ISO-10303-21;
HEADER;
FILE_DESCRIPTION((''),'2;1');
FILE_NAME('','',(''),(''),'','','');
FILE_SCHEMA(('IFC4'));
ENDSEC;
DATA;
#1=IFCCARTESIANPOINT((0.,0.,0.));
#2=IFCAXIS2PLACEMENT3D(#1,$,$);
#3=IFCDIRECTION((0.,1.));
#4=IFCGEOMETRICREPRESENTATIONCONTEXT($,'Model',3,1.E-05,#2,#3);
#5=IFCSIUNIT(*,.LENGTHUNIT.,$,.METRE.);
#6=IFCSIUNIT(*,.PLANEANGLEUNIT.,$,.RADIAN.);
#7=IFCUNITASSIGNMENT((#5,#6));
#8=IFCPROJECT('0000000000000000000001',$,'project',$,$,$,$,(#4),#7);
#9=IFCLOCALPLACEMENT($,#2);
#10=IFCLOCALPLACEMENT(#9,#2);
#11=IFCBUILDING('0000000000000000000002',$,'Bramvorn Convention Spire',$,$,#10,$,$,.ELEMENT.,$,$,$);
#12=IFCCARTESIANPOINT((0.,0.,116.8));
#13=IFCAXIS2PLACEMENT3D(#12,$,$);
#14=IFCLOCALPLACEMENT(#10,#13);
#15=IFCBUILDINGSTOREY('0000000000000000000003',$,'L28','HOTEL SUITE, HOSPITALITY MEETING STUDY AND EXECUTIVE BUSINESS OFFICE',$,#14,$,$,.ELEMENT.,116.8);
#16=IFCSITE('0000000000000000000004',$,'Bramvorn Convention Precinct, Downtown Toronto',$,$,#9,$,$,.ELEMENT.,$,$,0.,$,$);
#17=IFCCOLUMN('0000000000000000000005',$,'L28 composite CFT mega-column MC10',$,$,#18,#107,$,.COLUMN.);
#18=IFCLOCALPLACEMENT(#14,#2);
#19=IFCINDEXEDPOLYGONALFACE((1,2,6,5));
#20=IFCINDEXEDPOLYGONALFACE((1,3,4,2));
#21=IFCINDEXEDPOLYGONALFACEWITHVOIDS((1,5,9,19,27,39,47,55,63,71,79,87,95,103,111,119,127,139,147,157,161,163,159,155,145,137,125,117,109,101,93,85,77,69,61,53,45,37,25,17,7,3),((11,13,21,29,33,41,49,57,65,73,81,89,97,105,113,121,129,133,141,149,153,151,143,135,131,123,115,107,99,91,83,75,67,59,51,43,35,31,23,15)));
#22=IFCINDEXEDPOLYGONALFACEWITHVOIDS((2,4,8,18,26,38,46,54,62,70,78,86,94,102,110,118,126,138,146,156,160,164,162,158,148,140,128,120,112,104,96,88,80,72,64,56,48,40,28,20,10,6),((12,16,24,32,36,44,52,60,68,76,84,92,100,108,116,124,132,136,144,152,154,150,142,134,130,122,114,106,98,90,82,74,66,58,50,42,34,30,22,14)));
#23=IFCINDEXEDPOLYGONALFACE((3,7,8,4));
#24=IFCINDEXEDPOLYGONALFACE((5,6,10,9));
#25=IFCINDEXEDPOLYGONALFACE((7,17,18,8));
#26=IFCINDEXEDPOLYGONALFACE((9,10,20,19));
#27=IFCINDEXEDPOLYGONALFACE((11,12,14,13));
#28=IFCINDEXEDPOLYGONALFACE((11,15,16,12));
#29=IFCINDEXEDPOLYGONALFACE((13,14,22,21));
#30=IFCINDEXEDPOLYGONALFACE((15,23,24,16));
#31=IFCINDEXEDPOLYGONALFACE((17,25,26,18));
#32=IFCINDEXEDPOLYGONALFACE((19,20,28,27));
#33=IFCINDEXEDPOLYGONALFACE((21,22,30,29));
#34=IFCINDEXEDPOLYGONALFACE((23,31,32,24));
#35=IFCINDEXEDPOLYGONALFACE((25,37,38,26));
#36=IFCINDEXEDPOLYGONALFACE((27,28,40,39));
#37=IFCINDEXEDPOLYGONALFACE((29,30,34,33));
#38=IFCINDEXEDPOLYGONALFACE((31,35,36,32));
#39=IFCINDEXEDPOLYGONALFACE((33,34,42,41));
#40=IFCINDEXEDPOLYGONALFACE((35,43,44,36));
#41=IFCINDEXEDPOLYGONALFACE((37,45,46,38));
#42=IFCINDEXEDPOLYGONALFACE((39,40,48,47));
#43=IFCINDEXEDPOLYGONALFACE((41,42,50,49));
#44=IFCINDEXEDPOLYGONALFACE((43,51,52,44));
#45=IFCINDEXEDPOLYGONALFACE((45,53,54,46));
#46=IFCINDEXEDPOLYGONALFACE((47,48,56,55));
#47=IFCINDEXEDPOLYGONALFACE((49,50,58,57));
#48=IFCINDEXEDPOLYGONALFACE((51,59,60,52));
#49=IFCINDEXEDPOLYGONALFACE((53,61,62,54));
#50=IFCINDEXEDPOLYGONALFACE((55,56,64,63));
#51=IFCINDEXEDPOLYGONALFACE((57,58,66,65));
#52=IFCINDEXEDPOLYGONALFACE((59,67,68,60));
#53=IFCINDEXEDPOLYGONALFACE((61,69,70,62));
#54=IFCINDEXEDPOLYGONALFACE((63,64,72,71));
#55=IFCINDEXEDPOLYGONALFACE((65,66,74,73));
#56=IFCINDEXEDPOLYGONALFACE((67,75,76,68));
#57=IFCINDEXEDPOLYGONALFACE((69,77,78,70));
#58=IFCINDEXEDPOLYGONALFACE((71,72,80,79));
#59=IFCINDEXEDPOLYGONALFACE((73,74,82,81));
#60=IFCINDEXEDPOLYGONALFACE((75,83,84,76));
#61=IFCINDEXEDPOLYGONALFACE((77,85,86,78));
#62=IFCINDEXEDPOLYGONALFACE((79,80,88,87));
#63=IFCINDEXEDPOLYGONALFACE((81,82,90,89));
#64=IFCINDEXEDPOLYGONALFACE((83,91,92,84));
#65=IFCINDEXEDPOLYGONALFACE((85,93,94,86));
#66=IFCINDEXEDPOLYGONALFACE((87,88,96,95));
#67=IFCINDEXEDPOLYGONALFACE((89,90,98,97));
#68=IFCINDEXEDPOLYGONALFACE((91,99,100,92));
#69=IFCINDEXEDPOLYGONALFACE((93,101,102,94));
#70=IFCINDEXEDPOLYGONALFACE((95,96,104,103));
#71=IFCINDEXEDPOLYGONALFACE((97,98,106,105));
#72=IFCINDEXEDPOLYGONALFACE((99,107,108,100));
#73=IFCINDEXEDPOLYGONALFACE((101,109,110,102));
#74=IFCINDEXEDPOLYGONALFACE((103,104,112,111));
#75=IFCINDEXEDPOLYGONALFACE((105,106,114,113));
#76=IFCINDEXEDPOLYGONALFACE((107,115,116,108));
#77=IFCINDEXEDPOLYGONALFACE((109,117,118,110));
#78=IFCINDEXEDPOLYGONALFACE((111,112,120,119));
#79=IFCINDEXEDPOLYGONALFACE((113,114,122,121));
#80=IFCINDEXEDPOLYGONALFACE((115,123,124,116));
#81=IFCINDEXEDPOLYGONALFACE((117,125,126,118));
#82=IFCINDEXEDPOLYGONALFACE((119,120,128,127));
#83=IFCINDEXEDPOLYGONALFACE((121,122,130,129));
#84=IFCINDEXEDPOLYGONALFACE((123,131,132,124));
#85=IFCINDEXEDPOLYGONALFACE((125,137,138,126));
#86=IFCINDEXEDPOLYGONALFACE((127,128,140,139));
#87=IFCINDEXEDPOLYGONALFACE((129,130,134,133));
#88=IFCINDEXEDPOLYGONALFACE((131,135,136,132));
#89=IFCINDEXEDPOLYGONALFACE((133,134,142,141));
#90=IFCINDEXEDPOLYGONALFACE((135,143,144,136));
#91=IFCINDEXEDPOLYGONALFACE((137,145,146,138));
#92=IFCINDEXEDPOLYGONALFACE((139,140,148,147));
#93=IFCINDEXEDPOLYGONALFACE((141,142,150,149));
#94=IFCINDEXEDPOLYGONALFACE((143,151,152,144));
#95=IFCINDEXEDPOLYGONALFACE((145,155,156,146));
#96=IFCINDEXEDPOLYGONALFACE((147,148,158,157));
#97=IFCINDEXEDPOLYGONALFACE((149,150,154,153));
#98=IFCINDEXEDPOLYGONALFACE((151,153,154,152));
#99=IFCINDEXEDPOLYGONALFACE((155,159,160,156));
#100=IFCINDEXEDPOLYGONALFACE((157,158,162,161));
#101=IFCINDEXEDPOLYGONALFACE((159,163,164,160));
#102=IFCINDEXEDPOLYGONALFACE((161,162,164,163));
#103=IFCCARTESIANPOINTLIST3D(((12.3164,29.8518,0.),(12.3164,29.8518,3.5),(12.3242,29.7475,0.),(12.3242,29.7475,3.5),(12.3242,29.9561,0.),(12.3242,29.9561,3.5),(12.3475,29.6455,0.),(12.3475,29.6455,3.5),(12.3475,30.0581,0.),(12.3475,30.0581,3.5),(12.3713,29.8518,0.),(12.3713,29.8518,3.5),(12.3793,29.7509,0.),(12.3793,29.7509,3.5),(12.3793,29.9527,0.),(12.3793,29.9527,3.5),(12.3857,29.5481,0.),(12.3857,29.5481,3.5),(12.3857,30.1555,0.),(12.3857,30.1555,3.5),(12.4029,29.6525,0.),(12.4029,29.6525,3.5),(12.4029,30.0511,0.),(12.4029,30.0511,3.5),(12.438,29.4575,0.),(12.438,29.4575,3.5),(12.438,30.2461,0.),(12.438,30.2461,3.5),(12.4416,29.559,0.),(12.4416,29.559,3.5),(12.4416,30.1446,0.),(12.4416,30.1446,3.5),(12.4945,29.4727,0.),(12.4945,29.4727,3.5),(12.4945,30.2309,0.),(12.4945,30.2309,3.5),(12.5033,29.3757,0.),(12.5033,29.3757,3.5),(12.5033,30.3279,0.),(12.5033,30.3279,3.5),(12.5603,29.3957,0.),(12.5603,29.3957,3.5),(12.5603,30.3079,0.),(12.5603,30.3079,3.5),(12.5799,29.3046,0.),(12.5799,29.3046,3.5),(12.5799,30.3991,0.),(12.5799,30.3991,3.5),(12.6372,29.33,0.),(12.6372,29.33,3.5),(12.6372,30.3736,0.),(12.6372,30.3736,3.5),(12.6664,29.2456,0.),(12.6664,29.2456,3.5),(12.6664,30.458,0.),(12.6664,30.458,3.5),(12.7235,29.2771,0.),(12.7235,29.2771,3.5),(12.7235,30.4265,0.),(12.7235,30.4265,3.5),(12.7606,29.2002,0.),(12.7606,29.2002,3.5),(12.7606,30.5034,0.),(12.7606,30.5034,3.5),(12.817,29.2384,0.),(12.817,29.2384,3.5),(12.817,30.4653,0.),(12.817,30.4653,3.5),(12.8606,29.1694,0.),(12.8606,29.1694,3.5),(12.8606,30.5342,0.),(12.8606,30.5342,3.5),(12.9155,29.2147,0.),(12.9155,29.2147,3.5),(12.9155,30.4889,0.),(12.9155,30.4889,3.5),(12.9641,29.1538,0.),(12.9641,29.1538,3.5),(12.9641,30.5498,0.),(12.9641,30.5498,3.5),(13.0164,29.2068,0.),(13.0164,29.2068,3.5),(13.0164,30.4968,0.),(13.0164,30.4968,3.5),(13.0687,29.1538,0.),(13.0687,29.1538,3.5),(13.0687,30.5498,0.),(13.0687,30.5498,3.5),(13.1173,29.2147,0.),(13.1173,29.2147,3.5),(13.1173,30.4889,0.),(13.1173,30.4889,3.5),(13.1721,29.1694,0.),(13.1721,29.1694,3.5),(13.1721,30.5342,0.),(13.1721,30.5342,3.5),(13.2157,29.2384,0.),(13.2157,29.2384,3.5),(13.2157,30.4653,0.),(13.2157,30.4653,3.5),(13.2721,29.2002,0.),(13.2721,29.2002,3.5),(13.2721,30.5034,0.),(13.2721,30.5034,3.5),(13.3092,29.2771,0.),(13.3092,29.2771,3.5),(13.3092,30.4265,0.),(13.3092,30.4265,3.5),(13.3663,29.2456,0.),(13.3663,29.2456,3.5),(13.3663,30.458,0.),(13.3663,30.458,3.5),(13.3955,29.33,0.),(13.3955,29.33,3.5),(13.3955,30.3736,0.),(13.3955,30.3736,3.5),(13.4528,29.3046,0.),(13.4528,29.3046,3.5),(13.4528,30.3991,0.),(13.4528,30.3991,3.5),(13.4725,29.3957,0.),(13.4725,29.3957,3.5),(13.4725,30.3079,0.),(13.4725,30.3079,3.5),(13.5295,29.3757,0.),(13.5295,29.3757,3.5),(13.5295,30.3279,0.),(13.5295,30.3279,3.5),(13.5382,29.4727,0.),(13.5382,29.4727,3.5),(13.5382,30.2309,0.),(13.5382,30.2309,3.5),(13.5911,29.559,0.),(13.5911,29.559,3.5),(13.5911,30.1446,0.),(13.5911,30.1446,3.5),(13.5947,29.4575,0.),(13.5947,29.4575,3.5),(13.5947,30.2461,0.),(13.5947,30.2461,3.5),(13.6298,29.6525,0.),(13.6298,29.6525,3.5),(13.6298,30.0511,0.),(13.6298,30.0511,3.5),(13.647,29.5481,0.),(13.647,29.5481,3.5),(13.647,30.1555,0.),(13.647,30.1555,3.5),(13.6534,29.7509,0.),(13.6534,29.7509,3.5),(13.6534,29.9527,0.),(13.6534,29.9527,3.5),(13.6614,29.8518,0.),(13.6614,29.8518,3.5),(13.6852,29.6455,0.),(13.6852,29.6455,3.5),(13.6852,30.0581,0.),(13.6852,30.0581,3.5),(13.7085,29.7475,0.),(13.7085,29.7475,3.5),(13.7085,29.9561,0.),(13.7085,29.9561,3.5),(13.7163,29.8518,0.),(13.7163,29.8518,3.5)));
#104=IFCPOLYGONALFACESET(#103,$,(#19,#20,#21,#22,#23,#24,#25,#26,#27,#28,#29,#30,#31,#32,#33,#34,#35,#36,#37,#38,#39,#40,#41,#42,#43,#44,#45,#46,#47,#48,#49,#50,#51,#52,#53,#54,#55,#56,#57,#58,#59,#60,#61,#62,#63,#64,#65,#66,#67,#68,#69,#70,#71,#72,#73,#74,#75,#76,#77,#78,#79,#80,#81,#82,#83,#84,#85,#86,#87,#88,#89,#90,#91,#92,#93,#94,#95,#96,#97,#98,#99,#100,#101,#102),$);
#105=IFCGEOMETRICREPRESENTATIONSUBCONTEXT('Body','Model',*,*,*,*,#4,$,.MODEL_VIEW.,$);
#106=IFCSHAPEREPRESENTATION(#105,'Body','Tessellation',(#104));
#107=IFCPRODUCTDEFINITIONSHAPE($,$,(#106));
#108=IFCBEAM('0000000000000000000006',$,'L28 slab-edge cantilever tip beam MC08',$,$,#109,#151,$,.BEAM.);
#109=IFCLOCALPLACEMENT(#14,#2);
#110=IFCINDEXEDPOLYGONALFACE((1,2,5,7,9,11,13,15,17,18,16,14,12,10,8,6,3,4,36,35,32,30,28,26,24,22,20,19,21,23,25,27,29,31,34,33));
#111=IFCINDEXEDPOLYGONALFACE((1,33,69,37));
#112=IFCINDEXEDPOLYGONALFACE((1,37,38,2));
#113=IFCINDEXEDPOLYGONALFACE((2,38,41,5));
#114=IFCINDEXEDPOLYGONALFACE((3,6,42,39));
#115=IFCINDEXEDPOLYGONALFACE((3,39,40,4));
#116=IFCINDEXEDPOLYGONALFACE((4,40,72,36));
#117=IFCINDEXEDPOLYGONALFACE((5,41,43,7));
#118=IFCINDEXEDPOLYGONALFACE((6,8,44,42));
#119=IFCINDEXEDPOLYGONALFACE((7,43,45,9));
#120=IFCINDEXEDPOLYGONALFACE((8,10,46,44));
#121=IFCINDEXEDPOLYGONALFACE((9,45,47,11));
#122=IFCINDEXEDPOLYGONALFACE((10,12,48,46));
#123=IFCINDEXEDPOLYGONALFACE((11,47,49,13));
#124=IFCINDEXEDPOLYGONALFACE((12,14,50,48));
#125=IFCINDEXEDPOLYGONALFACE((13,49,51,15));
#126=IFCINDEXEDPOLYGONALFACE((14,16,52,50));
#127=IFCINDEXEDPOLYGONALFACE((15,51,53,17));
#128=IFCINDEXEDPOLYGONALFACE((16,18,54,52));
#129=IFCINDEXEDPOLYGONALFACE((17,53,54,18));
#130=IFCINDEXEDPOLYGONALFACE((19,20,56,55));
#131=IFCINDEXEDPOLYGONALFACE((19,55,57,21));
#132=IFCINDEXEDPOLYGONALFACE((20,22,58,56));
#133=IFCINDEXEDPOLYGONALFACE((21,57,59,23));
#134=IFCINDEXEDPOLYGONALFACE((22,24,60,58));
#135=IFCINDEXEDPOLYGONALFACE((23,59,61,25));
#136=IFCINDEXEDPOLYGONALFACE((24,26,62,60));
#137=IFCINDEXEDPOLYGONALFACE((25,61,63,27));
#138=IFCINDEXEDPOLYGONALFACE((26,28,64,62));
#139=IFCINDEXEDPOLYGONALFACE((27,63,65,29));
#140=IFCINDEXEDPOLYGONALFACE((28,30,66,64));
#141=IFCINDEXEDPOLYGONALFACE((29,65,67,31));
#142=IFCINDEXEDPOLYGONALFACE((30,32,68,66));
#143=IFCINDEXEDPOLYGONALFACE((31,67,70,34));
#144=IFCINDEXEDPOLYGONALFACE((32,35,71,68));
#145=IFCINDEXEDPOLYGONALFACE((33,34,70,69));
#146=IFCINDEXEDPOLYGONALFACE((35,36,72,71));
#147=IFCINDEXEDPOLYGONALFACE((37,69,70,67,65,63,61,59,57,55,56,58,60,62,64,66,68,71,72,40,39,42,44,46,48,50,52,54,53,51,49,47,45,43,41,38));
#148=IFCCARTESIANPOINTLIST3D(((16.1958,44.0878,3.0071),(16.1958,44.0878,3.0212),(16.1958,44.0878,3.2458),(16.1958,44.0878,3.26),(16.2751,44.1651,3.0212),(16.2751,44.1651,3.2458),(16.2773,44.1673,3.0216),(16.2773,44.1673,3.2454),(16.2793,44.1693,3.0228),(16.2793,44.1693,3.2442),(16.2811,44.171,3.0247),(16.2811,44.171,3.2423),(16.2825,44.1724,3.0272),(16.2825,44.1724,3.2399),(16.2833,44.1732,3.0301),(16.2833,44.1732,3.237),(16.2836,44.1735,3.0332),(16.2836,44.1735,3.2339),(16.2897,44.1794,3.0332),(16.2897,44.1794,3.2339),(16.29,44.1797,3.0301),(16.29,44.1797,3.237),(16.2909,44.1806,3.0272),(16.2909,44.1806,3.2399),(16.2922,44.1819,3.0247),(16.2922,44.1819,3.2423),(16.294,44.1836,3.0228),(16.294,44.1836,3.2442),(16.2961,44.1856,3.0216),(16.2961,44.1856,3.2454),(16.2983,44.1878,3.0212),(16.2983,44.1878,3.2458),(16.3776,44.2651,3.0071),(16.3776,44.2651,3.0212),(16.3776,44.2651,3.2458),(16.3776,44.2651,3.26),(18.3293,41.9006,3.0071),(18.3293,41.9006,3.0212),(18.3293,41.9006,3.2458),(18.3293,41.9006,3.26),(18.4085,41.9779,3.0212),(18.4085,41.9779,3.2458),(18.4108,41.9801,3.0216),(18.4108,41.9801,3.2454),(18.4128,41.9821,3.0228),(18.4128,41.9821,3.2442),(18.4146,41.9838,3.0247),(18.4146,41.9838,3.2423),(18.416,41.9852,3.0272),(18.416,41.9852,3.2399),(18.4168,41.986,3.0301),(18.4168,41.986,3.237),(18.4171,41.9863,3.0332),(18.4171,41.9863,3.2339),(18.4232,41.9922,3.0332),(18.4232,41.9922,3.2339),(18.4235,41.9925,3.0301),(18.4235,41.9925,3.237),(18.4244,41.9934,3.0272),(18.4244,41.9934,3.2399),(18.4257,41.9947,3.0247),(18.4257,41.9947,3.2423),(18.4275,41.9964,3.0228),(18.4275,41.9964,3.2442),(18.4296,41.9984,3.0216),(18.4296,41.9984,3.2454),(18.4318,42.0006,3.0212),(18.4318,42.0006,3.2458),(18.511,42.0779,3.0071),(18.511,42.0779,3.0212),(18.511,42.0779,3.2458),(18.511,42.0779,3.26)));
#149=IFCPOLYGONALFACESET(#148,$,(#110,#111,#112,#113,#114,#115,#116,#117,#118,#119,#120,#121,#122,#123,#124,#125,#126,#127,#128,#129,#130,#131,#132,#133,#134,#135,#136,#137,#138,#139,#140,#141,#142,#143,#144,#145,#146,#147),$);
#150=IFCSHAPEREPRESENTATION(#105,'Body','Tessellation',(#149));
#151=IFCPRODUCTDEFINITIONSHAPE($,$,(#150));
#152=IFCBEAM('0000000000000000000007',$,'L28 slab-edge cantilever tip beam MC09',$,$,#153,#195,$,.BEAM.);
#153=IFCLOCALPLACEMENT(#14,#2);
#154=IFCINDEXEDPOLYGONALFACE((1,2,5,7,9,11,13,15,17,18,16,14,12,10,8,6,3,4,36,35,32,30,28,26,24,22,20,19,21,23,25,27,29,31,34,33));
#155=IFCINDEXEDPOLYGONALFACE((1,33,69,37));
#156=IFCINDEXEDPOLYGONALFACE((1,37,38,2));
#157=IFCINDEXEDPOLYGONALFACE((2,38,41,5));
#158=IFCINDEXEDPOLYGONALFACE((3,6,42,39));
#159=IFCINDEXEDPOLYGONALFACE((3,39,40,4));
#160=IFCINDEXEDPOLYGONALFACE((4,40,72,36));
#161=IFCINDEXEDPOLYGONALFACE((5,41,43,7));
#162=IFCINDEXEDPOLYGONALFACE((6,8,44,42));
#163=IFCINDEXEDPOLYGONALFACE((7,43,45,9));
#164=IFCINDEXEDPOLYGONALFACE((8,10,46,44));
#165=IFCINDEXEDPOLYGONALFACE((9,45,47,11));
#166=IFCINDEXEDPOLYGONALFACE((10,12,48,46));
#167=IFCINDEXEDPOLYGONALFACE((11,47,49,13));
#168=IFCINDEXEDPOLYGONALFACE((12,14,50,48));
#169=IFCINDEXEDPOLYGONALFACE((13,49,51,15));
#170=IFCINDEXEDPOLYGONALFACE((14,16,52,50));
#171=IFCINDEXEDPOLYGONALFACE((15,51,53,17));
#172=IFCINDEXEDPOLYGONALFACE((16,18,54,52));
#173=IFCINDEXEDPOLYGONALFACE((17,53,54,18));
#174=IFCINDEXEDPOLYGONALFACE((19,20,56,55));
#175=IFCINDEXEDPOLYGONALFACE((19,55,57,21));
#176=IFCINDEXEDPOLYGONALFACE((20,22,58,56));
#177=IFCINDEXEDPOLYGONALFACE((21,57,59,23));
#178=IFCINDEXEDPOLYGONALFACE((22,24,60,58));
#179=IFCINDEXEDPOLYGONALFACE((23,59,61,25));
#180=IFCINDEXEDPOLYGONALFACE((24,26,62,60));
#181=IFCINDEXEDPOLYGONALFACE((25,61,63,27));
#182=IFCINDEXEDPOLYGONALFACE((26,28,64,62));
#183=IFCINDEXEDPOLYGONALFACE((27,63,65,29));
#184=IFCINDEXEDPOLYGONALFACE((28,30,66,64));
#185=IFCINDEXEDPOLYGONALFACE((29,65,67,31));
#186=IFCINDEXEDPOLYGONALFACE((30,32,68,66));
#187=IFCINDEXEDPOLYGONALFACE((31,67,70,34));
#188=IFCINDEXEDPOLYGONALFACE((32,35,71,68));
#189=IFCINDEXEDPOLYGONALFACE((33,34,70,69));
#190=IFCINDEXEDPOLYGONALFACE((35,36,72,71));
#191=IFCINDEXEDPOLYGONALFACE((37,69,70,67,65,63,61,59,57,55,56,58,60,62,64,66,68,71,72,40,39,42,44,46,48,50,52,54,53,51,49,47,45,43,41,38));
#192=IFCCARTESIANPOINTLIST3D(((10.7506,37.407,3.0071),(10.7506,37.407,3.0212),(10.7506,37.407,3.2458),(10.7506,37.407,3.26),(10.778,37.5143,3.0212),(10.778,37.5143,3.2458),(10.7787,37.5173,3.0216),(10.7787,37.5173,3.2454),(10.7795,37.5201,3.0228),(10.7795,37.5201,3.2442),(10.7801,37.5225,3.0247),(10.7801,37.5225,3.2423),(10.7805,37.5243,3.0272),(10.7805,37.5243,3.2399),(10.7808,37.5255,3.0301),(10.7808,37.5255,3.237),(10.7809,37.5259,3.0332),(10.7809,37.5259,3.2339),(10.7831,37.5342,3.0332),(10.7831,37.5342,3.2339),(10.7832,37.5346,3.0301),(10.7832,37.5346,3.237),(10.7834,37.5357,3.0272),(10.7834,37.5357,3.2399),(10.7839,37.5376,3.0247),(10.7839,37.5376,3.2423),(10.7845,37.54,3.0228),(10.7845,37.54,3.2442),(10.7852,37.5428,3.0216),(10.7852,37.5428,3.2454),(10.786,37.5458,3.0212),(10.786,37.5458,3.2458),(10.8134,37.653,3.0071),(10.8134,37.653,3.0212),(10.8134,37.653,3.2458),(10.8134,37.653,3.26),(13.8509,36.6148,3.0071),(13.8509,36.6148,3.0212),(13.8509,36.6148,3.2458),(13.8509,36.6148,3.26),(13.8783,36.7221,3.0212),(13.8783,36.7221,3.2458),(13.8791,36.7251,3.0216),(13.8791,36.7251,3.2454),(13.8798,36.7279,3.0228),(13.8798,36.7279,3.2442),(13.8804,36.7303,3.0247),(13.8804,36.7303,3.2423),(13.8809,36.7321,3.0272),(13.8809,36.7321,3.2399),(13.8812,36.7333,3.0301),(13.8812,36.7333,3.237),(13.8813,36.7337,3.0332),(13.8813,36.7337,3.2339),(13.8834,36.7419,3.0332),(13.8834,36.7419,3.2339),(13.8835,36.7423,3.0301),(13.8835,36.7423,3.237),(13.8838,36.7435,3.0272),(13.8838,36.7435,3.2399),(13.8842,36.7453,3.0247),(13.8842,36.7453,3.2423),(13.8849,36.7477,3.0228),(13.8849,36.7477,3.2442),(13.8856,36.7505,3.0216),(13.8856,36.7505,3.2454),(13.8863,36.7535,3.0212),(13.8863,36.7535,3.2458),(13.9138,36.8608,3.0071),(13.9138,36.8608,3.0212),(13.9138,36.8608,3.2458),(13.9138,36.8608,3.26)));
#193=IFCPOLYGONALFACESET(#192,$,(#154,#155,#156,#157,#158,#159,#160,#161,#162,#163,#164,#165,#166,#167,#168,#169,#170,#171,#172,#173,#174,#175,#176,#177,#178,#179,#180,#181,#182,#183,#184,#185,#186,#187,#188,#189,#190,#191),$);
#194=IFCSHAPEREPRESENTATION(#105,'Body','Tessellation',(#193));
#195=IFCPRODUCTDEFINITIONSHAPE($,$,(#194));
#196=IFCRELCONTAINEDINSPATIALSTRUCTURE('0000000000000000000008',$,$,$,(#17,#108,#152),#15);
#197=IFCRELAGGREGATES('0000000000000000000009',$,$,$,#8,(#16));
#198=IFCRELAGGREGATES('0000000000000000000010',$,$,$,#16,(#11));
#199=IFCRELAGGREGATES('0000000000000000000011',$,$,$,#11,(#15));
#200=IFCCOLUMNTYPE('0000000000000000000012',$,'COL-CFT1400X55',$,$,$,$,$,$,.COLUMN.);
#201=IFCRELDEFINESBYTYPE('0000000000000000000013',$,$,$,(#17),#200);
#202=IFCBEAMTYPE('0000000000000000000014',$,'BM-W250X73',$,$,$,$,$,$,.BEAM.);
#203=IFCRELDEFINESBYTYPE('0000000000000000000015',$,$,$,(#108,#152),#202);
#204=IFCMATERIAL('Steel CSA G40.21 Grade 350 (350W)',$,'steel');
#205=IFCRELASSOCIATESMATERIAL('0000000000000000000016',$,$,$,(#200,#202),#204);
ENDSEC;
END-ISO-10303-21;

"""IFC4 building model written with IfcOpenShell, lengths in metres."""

from ifc_helpers import new_model, si_unit, direction, frame, origin, origin_2d, place, context, subcontext, project, spatial, hollow_circle, i_section, extrude, material, material_profile, profile_set, type_object, element, save


model = new_model("IFC4")

# Units and contexts
model_context = context("Model", 3, precision=1e-05, world=origin(), true_north=direction((0.0, 1.0)))
body_context = subcontext(model_context, "Body", "Model", "MODEL_VIEW")
ifc_project = project(units=[si_unit("LENGTHUNIT", "METRE"), si_unit("PLANEANGLEUNIT", "RADIAN")], contexts=[model_context])

# Site, building, storey
site_placement = place(None, origin())
site = spatial("IfcSite", under=ifc_project, at=site_placement, Name="Bramvorn Convention Precinct, Downtown Toronto", CompositionType="ELEMENT", RefElevation=0.0)
building_placement = place(site_placement, origin())
building = spatial("IfcBuilding", under=site, at=building_placement, Name="Bramvorn Convention Spire", CompositionType="ELEMENT")
storey_placement = place(building_placement, frame((0.0, 0.0, 116.8)))
storey = spatial("IfcBuildingStorey", under=building, at=storey_placement, Name="L28", Description="HOTEL SUITE, HOSPITALITY MEETING STUDY AND EXECUTIVE BUSINESS OFFICE", CompositionType="ELEMENT", Elevation=116.8)

# Column
ifc_material_1 = material(Name="Steel CSA G40.21 Grade 350 (350W)", Category="steel")
ifc_material_profile_1 = material_profile(ifc_material_1, hollow_circle(Radius=0.7, WallThickness=0.0549, at=origin_2d()))
ifc_profile_set_1 = profile_set([ifc_material_profile_1], Name="Steel CSA G40.21 Grade 350 (350W) - CFT1400X55")
column_type = type_object("IfcColumnType", Name="COL-CFT1400X55", PredefinedType="COLUMN", material=ifc_profile_set_1)
for number, where, z_axis, x_axis, name in (
    (1, (13.0164, 29.8518, 0.0), (0.0, 0.0, 1.0), (1.0, 0.0, 0.0), "L28 composite CFT mega-column MC10"),
):
    element("IfcColumn", number, at=place(storey_placement, frame(where, z_axis=z_axis, x_axis=x_axis)), inside=storey, type_object=column_type, Name=name, PredefinedType="COLUMN", context=body_context, shape_type="SweptSolid", body=[
        extrude(hollow_circle(Radius=0.7, WallThickness=0.0549, at=origin_2d()), origin(), (0.0, 0.0, 1.0), 3.5),
    ])

# Beams
ifc_material_profile_2 = material_profile(ifc_material_1, i_section(OverallWidth=0.2539, OverallDepth=0.2529, WebThickness=0.0085, FlangeThickness=0.0142, FilletRadius=0.012, at=origin_2d()))
ifc_profile_set_2 = profile_set([ifc_material_profile_2], Name="Steel CSA G40.21 Grade 350 (350W) - W250X73")
beam_type_1 = type_object("IfcBeamType", Name="BM-W250X73", PredefinedType="BEAM", material=ifc_profile_set_2)
beam_1_placement = place(storey_placement, frame((18.4202, 41.9893, 3.1335), z_axis=(-0.698263, 0.715841, 0.0), x_axis=(-0.715841, -0.698263, 0.0)))
element("IfcBeam", 2, at=beam_1_placement, inside=storey, type_object=beam_type_1, Name="L28 slab-edge cantilever tip beam MC08", PredefinedType="BEAM", context=body_context, shape_type="SweptSolid", body=[
    extrude(i_section(OverallWidth=0.2539, OverallDepth=0.2529, WebThickness=0.0085, FlangeThickness=0.0142, FilletRadius=0.012, at=origin_2d()), origin(), (0.0, 0.0, 1.0), 3.0554),
])
for number, where, z_axis, x_axis, name in (
    (3, (13.8823, 36.7378, 3.1335), (-0.968868, 0.247577, 0.0), (-0.247577, -0.968868, 0.0), "L28 slab-edge cantilever tip beam MC09"),
):
    element("IfcBeam", number, at=place(storey_placement, frame(where, z_axis=z_axis, x_axis=x_axis)), inside=storey, type_object=beam_type_1, Name=name, PredefinedType="BEAM", context=body_context, shape_type="SweptSolid", body=[
        extrude(i_section(OverallWidth=0.2539, OverallDepth=0.2529, WebThickness=0.0085, FlangeThickness=0.0142, FilletRadius=0.012, at=origin_2d()), origin(), (0.0, 0.0, 1.0), 3.2),
    ])

save(model, "model.ifc")
